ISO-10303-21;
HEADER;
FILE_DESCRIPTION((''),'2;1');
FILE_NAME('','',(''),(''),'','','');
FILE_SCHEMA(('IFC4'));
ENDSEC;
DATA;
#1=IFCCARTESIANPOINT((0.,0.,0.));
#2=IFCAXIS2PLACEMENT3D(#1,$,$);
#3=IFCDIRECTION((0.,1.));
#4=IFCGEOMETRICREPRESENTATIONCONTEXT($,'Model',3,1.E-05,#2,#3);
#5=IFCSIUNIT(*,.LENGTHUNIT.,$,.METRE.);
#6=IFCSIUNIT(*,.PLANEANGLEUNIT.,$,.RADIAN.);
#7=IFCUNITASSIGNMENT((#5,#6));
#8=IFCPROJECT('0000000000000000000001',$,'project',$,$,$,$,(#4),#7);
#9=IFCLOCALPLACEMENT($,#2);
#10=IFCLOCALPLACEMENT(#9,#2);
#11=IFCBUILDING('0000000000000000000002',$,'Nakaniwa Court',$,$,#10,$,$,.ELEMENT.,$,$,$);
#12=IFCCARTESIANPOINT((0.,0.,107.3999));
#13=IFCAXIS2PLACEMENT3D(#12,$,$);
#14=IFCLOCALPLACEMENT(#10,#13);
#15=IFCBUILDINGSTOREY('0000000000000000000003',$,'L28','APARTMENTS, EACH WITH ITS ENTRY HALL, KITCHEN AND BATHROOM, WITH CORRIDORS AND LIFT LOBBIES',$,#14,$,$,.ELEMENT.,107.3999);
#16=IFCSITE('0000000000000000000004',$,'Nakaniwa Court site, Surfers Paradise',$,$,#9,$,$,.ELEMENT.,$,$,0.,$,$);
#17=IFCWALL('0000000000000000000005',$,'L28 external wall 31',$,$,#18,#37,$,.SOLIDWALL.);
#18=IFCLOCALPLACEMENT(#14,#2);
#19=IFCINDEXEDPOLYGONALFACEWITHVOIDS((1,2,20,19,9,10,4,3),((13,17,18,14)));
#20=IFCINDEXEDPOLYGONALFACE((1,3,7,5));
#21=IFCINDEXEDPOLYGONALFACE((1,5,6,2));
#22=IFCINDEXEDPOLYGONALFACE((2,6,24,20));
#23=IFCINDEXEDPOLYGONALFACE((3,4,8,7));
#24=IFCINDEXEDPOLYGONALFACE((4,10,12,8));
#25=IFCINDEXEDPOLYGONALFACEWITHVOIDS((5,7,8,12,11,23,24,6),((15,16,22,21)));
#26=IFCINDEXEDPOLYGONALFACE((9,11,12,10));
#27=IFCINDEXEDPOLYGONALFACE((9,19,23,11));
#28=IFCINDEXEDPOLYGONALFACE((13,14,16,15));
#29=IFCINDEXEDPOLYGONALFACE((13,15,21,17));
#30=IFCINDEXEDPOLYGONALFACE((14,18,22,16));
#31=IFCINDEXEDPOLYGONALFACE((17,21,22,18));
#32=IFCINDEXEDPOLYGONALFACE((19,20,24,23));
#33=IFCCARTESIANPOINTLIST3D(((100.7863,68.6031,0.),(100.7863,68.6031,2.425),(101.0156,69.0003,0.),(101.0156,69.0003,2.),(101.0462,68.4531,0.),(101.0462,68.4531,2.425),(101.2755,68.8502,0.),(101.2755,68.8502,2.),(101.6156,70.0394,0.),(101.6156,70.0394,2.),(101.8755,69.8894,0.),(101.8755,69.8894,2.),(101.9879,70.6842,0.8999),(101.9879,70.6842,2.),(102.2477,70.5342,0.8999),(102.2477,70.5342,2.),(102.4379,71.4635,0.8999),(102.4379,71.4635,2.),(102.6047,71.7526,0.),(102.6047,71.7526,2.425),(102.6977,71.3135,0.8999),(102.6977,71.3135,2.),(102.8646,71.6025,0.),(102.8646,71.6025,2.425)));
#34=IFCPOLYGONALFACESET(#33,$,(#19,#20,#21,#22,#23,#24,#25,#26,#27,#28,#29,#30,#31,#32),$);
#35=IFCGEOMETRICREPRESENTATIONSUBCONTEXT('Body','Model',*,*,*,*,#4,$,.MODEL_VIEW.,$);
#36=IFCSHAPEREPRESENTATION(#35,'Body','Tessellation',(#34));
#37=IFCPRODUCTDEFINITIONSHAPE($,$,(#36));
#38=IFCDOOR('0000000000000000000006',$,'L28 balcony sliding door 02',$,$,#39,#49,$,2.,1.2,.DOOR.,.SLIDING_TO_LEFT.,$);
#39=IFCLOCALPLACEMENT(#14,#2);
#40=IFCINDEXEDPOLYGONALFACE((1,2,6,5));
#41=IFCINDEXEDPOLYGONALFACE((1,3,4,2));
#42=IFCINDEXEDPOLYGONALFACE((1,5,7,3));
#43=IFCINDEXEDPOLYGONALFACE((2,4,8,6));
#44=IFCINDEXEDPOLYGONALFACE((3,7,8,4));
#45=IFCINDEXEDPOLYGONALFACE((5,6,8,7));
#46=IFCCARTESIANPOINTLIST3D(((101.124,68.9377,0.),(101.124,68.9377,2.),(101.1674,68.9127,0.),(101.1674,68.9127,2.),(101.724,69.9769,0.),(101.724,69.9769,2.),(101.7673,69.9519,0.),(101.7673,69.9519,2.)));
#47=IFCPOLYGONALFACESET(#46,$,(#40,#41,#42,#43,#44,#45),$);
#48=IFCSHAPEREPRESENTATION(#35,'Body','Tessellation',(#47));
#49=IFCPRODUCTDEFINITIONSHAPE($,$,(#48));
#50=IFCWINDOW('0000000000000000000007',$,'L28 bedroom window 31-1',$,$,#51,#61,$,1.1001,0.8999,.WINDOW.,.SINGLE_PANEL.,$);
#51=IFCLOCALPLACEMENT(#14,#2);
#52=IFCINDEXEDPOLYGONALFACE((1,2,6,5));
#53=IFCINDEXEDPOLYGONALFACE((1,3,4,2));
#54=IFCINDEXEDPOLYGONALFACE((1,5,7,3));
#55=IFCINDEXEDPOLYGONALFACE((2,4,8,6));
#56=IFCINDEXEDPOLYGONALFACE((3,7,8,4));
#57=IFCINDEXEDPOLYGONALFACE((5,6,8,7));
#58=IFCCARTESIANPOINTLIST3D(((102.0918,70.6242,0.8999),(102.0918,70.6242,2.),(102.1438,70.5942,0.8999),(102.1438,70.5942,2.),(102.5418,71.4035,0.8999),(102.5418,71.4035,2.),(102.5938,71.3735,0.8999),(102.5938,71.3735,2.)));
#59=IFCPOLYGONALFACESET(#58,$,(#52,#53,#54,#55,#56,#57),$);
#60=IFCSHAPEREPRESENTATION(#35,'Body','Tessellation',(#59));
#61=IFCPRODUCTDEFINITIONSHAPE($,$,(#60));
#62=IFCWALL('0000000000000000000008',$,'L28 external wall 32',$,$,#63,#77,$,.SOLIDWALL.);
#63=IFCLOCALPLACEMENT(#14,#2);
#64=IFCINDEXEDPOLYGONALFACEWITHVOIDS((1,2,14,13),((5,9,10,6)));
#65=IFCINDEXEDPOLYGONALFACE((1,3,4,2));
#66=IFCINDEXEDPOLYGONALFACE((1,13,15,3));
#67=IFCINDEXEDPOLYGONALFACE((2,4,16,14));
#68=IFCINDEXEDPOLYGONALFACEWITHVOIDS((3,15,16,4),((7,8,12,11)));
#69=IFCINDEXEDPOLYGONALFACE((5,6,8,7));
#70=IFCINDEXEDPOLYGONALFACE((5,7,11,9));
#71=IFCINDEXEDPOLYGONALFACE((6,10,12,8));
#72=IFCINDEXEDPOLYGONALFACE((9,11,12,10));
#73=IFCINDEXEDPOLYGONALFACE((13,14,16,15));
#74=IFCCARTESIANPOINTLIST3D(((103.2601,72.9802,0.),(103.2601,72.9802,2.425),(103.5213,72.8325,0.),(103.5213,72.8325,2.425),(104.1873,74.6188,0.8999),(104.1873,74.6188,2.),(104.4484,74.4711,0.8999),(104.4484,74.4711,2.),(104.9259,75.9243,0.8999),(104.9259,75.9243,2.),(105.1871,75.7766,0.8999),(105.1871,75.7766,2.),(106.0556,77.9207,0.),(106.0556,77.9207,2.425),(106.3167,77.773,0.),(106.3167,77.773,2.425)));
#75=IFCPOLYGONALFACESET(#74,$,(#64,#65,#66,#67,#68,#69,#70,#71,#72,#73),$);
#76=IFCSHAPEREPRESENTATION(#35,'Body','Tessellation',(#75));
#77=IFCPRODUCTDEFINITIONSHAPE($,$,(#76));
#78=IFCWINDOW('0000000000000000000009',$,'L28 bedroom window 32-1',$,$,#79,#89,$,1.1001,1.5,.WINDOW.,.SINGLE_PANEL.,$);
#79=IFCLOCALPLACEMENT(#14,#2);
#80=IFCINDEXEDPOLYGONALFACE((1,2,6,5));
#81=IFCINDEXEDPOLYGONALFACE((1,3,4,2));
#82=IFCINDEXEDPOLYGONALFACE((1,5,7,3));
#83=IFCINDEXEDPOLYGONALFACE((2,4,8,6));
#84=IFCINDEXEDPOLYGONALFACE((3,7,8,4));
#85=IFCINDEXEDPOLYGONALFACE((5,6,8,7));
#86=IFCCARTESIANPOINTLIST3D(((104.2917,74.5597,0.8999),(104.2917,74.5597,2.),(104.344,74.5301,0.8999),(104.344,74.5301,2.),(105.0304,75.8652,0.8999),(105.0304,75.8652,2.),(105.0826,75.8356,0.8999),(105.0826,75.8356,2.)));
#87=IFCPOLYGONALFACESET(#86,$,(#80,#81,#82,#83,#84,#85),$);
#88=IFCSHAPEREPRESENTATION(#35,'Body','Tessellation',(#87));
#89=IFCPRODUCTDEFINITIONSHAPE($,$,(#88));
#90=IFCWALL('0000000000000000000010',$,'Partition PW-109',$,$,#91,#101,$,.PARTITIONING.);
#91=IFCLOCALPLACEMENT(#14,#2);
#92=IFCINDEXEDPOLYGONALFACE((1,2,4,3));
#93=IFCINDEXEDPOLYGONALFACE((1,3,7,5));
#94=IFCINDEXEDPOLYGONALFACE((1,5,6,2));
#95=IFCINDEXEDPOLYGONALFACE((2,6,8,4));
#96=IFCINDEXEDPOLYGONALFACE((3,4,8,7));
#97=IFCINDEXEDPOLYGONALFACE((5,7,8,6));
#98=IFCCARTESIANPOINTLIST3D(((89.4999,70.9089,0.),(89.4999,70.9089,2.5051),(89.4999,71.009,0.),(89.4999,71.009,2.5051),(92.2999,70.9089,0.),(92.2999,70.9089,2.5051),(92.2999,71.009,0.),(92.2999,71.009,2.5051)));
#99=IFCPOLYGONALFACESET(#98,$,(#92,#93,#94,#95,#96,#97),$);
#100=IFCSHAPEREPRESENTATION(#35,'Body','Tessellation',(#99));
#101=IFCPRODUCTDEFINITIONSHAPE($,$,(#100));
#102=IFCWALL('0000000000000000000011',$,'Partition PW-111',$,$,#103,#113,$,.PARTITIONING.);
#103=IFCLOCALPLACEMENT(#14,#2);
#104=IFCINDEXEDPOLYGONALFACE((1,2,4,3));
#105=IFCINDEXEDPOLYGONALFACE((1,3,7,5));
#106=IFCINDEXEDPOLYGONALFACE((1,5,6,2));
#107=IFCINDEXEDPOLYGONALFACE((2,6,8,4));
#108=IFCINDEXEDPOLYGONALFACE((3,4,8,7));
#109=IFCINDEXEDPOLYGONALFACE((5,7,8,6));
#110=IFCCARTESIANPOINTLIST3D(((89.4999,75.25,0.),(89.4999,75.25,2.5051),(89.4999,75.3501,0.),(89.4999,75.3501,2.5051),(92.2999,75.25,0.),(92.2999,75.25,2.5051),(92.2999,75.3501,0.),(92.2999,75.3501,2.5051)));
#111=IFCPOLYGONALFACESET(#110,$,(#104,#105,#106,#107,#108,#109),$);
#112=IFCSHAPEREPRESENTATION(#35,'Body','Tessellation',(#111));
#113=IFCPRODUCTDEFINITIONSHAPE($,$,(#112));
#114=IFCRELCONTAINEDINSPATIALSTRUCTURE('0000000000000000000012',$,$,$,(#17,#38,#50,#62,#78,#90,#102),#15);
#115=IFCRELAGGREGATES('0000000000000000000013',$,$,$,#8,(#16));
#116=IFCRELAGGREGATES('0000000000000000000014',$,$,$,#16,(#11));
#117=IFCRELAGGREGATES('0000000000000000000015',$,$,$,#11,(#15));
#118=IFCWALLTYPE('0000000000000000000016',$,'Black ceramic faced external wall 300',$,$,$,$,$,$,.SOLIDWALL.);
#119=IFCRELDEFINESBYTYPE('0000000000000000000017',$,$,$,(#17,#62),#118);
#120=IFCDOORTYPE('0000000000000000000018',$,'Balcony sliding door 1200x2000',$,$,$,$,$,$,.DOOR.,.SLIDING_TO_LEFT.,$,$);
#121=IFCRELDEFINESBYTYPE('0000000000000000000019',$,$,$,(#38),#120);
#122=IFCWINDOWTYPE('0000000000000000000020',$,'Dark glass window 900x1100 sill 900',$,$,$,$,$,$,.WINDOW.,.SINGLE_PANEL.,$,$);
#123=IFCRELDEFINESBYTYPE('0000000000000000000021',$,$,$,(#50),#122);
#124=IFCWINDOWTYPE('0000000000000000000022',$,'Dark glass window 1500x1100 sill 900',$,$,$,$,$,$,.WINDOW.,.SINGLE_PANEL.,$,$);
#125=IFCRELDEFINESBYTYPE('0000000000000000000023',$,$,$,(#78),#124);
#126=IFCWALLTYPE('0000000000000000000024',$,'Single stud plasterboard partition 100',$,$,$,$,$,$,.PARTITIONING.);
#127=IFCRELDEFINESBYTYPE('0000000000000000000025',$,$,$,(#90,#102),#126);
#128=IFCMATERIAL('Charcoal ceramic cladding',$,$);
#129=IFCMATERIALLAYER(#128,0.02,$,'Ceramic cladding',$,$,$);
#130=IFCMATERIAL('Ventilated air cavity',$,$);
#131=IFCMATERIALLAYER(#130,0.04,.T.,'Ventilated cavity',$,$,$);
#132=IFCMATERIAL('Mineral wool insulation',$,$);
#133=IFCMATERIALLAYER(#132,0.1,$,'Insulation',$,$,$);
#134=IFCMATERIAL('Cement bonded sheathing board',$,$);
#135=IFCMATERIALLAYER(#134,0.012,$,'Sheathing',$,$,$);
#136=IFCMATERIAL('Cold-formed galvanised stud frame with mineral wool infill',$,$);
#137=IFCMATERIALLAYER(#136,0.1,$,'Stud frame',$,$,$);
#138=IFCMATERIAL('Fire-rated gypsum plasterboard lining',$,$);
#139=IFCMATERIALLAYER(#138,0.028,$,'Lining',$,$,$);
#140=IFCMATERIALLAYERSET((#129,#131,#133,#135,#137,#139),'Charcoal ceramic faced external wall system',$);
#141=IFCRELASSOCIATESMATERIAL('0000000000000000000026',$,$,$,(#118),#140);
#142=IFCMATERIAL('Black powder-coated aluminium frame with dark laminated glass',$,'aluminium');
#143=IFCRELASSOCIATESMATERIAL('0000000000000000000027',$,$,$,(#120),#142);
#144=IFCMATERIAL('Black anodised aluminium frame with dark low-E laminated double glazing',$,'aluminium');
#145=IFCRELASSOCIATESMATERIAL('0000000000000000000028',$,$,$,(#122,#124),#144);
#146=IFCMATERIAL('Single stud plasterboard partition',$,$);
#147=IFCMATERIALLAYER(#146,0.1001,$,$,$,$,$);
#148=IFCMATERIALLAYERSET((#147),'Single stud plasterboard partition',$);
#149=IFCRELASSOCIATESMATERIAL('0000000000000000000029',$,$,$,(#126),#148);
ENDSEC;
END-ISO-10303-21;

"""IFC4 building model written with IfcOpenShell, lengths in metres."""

from ifc_helpers import new_model, si_unit, direction, frame, frame_2d, origin, place, context, subcontext, project, spatial, rectangle, extrude, material, layer, layer_set, type_object, element, fill, save


model = new_model("IFC4")

# Units and contexts
model_context = context("Model", 3, precision=1e-05, world=origin(), true_north=direction((0.0, 1.0)))
body_context = subcontext(model_context, "Body", "Model", "MODEL_VIEW")
ifc_project = project(units=[si_unit("LENGTHUNIT", "METRE"), si_unit("PLANEANGLEUNIT", "RADIAN")], contexts=[model_context])

# Site, building, storey
site_placement = place(None, origin())
site = spatial("IfcSite", under=ifc_project, at=site_placement, Name="Nakaniwa Court site, Surfers Paradise", CompositionType="ELEMENT", RefElevation=0.0)
building_placement = place(site_placement, origin())
building = spatial("IfcBuilding", under=site, at=building_placement, Name="Nakaniwa Court", CompositionType="ELEMENT")
storey_placement = place(building_placement, frame((0.0, 0.0, 107.3999)))
storey = spatial("IfcBuildingStorey", under=building, at=storey_placement, Name="L28", Description="APARTMENTS, EACH WITH ITS ENTRY HALL, KITCHEN AND BATHROOM, WITH CORRIDORS AND LIFT LOBBIES", CompositionType="ELEMENT", Elevation=107.3999)

# Wall, openings, door, window
ifc_material_1 = material(Name="Charcoal ceramic cladding")
ifc_layer_1 = layer(ifc_material_1, 0.02, Name="Ceramic cladding")
ifc_material_2 = material(Name="Ventilated air cavity")
ifc_layer_2 = layer(ifc_material_2, 0.04, ventilated=True, Name="Ventilated cavity")
ifc_material_3 = material(Name="Mineral wool insulation")
ifc_layer_3 = layer(ifc_material_3, 0.1, Name="Insulation")
ifc_material_4 = material(Name="Cement bonded sheathing board")
ifc_layer_4 = layer(ifc_material_4, 0.012, Name="Sheathing")
ifc_material_5 = material(Name="Cold-formed galvanised stud frame with mineral wool infill")
ifc_layer_5 = layer(ifc_material_5, 0.1, Name="Stud frame")
ifc_material_6 = material(Name="Fire-rated gypsum plasterboard lining")
ifc_layer_6 = layer(ifc_material_6, 0.028, Name="Lining")
ifc_layer_set_1 = layer_set([ifc_layer_1, ifc_layer_2, ifc_layer_3, ifc_layer_4, ifc_layer_5, ifc_layer_6], Name="Charcoal ceramic faced external wall system")
wall_type_1 = type_object("IfcWallType", Name="Black ceramic faced external wall 300", PredefinedType="SOLIDWALL", material=ifc_layer_set_1)
wall_1_placement = place(storey_placement, frame((100.9163, 68.5281, 0.0), z_axis=(0.0, 0.0, 1.0), x_axis=(0.500009, 0.86602, 0.0)))
wall_1 = element("IfcWall", 1, at=wall_1_placement, inside=storey, type_object=wall_type_1, Name="L28 external wall 31", PredefinedType="SOLIDWALL", context=body_context, shape_type="SweptSolid", body=[
    extrude(rectangle(XDim=3.6367, YDim=0.3, at=frame_2d((1.8184, 0.0))), origin(), (0.0, 0.0, 1.0), 2.425),
])
opening_1_placement = place(wall_1_placement, frame((0.4585, 0.0, 0.0)))
opening_1 = element("IfcOpeningElement", 2, at=opening_1_placement, cuts=wall_1, PredefinedType="OPENING", context=body_context, shape_type="SweptSolid", body=[
    extrude(rectangle(XDim=1.2, YDim=2.0, at=frame_2d((0.6001, 1.0))), frame((0.0, 0.1599, 0.0), z_axis=(0.0, -1.0, 0.0), x_axis=(1.0, 0.0, 0.0)), (0.0, 0.0, 1.0), 0.3201),
])
opening_2_placement = place(wall_1_placement, frame((2.4031, 0.0, 0.8999)))
opening_2 = element("IfcOpeningElement", 3, at=opening_2_placement, cuts=wall_1, PredefinedType="OPENING", context=body_context, shape_type="SweptSolid", body=[
    extrude(rectangle(XDim=0.8999, YDim=1.1001, at=frame_2d((0.45, 0.55))), frame((0.0, 0.1599, 0.0), z_axis=(0.0, -1.0, 0.0), x_axis=(1.0, 0.0, 0.0)), (0.0, 0.0, 1.0), 0.3201),
])
ifc_material_7 = material(Name="Black powder-coated aluminium frame with dark laminated glass", Category="aluminium")
door_type_1 = type_object("IfcDoorType", Name="Balcony sliding door 1200x2000", OperationType="SLIDING_TO_LEFT", PredefinedType="DOOR", material=ifc_material_7)
door_1_placement = place(opening_1_placement, origin())
door_1 = element("IfcDoor", 4, at=door_1_placement, inside=storey, type_object=door_type_1, Name="L28 balcony sliding door 02", OperationType="SLIDING_TO_LEFT", OverallHeight=2.0, OverallWidth=1.2, PredefinedType="DOOR", context=body_context, shape_type="SweptSolid", body=[
    extrude(rectangle(XDim=1.2, YDim=2.0, at=frame_2d((0.6001, 1.0))), frame((0.0, 0.0249, 0.0), z_axis=(0.0, -1.0, 0.0), x_axis=(1.0, 0.0, 0.0)), (0.0, 0.0, 1.0), 0.05),
])
fill(opening_1, door_1)
ifc_material_8 = material(Name="Black anodised aluminium frame with dark low-E laminated double glazing", Category="aluminium")
window_type_1 = type_object("IfcWindowType", Name="Dark glass window 900x1100 sill 900", PartitioningType="SINGLE_PANEL", PredefinedType="WINDOW", material=ifc_material_8)
window_1_placement = place(opening_2_placement, origin())
window_1 = element("IfcWindow", 5, at=window_1_placement, inside=storey, type_object=window_type_1, Name="L28 bedroom window 31-1", OverallHeight=1.1001, OverallWidth=0.8999, PartitioningType="SINGLE_PANEL", PredefinedType="WINDOW", context=body_context, shape_type="SweptSolid", body=[
    extrude(rectangle(XDim=0.8999, YDim=1.1001, at=frame_2d((0.45, 0.55))), frame((0.0, 0.03, 0.0), z_axis=(0.0, -1.0, 0.0), x_axis=(1.0, 0.0, 0.0)), (0.0, 0.0, 1.0), 0.0601),
])
fill(opening_2, window_1)

# Wall, opening, window
wall_2_placement = place(storey_placement, frame((103.3906, 72.9062, 0.0), z_axis=(0.0, 0.0, 1.0), x_axis=(0.492457, 0.870337, 0.0)))
wall_2 = element("IfcWall", 6, at=wall_2_placement, inside=storey, type_object=wall_type_1, Name="L28 external wall 32", PredefinedType="SOLIDWALL", context=body_context, shape_type="SweptSolid", body=[
    extrude(rectangle(XDim=5.6765, YDim=0.3, at=frame_2d((2.8384, 0.0))), origin(), (0.0, 0.0, 1.0), 2.425),
])
opening_3_placement = place(wall_2_placement, frame((1.8828, 0.0, 0.8999)))
opening_3 = element("IfcOpeningElement", 7, at=opening_3_placement, cuts=wall_2, PredefinedType="OPENING", context=body_context, shape_type="SweptSolid", body=[
    extrude(rectangle(XDim=1.5, YDim=1.1001, at=frame_2d((0.75, 0.55))), frame((0.0, 0.1599, 0.0), z_axis=(0.0, -1.0, 0.0), x_axis=(1.0, 0.0, 0.0)), (0.0, 0.0, 1.0), 0.3201),
])
window_type_2 = type_object("IfcWindowType", Name="Dark glass window 1500x1100 sill 900", PartitioningType="SINGLE_PANEL", PredefinedType="WINDOW", material=ifc_material_8)
window_2_placement = place(opening_3_placement, origin())
window_2 = element("IfcWindow", 8, at=window_2_placement, inside=storey, type_object=window_type_2, Name="L28 bedroom window 32-1", OverallHeight=1.1001, OverallWidth=1.5, PartitioningType="SINGLE_PANEL", PredefinedType="WINDOW", context=body_context, shape_type="SweptSolid", body=[
    extrude(rectangle(XDim=1.5, YDim=1.1001, at=frame_2d((0.75, 0.55))), frame((0.0, 0.03, 0.0), z_axis=(0.0, -1.0, 0.0), x_axis=(1.0, 0.0, 0.0)), (0.0, 0.0, 1.0), 0.0601),
])
fill(opening_3, window_2)

# Walls
ifc_material_9 = material(Name="Single stud plasterboard partition")
ifc_layer_7 = layer(ifc_material_9, 0.1001)
ifc_layer_set_2 = layer_set([ifc_layer_7], Name="Single stud plasterboard partition")
wall_type_2 = type_object("IfcWallType", Name="Single stud plasterboard partition 100", PredefinedType="PARTITIONING", material=ifc_layer_set_2)
for number, where, z_axis, x_axis, name in (
    (9, (89.5, 70.959, 0.0), (0.0, 0.0, 1.0), (1.0, 0.0, 0.0), "Partition PW-109"),
    (10, (89.5, 75.3, 0.0), (0.0, 0.0, 1.0), (1.0, 0.0, 0.0), "Partition PW-111"),
):
    element("IfcWall", number, at=place(storey_placement, frame(where, z_axis=z_axis, x_axis=x_axis)), inside=storey, type_object=wall_type_2, Name=name, PredefinedType="PARTITIONING", context=body_context, shape_type="SweptSolid", body=[
        extrude(rectangle(XDim=2.8, YDim=0.1001, at=frame_2d((1.3999, 0.0))), origin(), (0.0, 0.0, 1.0), 2.5051),
    ])

save(model, "model.ifc")
